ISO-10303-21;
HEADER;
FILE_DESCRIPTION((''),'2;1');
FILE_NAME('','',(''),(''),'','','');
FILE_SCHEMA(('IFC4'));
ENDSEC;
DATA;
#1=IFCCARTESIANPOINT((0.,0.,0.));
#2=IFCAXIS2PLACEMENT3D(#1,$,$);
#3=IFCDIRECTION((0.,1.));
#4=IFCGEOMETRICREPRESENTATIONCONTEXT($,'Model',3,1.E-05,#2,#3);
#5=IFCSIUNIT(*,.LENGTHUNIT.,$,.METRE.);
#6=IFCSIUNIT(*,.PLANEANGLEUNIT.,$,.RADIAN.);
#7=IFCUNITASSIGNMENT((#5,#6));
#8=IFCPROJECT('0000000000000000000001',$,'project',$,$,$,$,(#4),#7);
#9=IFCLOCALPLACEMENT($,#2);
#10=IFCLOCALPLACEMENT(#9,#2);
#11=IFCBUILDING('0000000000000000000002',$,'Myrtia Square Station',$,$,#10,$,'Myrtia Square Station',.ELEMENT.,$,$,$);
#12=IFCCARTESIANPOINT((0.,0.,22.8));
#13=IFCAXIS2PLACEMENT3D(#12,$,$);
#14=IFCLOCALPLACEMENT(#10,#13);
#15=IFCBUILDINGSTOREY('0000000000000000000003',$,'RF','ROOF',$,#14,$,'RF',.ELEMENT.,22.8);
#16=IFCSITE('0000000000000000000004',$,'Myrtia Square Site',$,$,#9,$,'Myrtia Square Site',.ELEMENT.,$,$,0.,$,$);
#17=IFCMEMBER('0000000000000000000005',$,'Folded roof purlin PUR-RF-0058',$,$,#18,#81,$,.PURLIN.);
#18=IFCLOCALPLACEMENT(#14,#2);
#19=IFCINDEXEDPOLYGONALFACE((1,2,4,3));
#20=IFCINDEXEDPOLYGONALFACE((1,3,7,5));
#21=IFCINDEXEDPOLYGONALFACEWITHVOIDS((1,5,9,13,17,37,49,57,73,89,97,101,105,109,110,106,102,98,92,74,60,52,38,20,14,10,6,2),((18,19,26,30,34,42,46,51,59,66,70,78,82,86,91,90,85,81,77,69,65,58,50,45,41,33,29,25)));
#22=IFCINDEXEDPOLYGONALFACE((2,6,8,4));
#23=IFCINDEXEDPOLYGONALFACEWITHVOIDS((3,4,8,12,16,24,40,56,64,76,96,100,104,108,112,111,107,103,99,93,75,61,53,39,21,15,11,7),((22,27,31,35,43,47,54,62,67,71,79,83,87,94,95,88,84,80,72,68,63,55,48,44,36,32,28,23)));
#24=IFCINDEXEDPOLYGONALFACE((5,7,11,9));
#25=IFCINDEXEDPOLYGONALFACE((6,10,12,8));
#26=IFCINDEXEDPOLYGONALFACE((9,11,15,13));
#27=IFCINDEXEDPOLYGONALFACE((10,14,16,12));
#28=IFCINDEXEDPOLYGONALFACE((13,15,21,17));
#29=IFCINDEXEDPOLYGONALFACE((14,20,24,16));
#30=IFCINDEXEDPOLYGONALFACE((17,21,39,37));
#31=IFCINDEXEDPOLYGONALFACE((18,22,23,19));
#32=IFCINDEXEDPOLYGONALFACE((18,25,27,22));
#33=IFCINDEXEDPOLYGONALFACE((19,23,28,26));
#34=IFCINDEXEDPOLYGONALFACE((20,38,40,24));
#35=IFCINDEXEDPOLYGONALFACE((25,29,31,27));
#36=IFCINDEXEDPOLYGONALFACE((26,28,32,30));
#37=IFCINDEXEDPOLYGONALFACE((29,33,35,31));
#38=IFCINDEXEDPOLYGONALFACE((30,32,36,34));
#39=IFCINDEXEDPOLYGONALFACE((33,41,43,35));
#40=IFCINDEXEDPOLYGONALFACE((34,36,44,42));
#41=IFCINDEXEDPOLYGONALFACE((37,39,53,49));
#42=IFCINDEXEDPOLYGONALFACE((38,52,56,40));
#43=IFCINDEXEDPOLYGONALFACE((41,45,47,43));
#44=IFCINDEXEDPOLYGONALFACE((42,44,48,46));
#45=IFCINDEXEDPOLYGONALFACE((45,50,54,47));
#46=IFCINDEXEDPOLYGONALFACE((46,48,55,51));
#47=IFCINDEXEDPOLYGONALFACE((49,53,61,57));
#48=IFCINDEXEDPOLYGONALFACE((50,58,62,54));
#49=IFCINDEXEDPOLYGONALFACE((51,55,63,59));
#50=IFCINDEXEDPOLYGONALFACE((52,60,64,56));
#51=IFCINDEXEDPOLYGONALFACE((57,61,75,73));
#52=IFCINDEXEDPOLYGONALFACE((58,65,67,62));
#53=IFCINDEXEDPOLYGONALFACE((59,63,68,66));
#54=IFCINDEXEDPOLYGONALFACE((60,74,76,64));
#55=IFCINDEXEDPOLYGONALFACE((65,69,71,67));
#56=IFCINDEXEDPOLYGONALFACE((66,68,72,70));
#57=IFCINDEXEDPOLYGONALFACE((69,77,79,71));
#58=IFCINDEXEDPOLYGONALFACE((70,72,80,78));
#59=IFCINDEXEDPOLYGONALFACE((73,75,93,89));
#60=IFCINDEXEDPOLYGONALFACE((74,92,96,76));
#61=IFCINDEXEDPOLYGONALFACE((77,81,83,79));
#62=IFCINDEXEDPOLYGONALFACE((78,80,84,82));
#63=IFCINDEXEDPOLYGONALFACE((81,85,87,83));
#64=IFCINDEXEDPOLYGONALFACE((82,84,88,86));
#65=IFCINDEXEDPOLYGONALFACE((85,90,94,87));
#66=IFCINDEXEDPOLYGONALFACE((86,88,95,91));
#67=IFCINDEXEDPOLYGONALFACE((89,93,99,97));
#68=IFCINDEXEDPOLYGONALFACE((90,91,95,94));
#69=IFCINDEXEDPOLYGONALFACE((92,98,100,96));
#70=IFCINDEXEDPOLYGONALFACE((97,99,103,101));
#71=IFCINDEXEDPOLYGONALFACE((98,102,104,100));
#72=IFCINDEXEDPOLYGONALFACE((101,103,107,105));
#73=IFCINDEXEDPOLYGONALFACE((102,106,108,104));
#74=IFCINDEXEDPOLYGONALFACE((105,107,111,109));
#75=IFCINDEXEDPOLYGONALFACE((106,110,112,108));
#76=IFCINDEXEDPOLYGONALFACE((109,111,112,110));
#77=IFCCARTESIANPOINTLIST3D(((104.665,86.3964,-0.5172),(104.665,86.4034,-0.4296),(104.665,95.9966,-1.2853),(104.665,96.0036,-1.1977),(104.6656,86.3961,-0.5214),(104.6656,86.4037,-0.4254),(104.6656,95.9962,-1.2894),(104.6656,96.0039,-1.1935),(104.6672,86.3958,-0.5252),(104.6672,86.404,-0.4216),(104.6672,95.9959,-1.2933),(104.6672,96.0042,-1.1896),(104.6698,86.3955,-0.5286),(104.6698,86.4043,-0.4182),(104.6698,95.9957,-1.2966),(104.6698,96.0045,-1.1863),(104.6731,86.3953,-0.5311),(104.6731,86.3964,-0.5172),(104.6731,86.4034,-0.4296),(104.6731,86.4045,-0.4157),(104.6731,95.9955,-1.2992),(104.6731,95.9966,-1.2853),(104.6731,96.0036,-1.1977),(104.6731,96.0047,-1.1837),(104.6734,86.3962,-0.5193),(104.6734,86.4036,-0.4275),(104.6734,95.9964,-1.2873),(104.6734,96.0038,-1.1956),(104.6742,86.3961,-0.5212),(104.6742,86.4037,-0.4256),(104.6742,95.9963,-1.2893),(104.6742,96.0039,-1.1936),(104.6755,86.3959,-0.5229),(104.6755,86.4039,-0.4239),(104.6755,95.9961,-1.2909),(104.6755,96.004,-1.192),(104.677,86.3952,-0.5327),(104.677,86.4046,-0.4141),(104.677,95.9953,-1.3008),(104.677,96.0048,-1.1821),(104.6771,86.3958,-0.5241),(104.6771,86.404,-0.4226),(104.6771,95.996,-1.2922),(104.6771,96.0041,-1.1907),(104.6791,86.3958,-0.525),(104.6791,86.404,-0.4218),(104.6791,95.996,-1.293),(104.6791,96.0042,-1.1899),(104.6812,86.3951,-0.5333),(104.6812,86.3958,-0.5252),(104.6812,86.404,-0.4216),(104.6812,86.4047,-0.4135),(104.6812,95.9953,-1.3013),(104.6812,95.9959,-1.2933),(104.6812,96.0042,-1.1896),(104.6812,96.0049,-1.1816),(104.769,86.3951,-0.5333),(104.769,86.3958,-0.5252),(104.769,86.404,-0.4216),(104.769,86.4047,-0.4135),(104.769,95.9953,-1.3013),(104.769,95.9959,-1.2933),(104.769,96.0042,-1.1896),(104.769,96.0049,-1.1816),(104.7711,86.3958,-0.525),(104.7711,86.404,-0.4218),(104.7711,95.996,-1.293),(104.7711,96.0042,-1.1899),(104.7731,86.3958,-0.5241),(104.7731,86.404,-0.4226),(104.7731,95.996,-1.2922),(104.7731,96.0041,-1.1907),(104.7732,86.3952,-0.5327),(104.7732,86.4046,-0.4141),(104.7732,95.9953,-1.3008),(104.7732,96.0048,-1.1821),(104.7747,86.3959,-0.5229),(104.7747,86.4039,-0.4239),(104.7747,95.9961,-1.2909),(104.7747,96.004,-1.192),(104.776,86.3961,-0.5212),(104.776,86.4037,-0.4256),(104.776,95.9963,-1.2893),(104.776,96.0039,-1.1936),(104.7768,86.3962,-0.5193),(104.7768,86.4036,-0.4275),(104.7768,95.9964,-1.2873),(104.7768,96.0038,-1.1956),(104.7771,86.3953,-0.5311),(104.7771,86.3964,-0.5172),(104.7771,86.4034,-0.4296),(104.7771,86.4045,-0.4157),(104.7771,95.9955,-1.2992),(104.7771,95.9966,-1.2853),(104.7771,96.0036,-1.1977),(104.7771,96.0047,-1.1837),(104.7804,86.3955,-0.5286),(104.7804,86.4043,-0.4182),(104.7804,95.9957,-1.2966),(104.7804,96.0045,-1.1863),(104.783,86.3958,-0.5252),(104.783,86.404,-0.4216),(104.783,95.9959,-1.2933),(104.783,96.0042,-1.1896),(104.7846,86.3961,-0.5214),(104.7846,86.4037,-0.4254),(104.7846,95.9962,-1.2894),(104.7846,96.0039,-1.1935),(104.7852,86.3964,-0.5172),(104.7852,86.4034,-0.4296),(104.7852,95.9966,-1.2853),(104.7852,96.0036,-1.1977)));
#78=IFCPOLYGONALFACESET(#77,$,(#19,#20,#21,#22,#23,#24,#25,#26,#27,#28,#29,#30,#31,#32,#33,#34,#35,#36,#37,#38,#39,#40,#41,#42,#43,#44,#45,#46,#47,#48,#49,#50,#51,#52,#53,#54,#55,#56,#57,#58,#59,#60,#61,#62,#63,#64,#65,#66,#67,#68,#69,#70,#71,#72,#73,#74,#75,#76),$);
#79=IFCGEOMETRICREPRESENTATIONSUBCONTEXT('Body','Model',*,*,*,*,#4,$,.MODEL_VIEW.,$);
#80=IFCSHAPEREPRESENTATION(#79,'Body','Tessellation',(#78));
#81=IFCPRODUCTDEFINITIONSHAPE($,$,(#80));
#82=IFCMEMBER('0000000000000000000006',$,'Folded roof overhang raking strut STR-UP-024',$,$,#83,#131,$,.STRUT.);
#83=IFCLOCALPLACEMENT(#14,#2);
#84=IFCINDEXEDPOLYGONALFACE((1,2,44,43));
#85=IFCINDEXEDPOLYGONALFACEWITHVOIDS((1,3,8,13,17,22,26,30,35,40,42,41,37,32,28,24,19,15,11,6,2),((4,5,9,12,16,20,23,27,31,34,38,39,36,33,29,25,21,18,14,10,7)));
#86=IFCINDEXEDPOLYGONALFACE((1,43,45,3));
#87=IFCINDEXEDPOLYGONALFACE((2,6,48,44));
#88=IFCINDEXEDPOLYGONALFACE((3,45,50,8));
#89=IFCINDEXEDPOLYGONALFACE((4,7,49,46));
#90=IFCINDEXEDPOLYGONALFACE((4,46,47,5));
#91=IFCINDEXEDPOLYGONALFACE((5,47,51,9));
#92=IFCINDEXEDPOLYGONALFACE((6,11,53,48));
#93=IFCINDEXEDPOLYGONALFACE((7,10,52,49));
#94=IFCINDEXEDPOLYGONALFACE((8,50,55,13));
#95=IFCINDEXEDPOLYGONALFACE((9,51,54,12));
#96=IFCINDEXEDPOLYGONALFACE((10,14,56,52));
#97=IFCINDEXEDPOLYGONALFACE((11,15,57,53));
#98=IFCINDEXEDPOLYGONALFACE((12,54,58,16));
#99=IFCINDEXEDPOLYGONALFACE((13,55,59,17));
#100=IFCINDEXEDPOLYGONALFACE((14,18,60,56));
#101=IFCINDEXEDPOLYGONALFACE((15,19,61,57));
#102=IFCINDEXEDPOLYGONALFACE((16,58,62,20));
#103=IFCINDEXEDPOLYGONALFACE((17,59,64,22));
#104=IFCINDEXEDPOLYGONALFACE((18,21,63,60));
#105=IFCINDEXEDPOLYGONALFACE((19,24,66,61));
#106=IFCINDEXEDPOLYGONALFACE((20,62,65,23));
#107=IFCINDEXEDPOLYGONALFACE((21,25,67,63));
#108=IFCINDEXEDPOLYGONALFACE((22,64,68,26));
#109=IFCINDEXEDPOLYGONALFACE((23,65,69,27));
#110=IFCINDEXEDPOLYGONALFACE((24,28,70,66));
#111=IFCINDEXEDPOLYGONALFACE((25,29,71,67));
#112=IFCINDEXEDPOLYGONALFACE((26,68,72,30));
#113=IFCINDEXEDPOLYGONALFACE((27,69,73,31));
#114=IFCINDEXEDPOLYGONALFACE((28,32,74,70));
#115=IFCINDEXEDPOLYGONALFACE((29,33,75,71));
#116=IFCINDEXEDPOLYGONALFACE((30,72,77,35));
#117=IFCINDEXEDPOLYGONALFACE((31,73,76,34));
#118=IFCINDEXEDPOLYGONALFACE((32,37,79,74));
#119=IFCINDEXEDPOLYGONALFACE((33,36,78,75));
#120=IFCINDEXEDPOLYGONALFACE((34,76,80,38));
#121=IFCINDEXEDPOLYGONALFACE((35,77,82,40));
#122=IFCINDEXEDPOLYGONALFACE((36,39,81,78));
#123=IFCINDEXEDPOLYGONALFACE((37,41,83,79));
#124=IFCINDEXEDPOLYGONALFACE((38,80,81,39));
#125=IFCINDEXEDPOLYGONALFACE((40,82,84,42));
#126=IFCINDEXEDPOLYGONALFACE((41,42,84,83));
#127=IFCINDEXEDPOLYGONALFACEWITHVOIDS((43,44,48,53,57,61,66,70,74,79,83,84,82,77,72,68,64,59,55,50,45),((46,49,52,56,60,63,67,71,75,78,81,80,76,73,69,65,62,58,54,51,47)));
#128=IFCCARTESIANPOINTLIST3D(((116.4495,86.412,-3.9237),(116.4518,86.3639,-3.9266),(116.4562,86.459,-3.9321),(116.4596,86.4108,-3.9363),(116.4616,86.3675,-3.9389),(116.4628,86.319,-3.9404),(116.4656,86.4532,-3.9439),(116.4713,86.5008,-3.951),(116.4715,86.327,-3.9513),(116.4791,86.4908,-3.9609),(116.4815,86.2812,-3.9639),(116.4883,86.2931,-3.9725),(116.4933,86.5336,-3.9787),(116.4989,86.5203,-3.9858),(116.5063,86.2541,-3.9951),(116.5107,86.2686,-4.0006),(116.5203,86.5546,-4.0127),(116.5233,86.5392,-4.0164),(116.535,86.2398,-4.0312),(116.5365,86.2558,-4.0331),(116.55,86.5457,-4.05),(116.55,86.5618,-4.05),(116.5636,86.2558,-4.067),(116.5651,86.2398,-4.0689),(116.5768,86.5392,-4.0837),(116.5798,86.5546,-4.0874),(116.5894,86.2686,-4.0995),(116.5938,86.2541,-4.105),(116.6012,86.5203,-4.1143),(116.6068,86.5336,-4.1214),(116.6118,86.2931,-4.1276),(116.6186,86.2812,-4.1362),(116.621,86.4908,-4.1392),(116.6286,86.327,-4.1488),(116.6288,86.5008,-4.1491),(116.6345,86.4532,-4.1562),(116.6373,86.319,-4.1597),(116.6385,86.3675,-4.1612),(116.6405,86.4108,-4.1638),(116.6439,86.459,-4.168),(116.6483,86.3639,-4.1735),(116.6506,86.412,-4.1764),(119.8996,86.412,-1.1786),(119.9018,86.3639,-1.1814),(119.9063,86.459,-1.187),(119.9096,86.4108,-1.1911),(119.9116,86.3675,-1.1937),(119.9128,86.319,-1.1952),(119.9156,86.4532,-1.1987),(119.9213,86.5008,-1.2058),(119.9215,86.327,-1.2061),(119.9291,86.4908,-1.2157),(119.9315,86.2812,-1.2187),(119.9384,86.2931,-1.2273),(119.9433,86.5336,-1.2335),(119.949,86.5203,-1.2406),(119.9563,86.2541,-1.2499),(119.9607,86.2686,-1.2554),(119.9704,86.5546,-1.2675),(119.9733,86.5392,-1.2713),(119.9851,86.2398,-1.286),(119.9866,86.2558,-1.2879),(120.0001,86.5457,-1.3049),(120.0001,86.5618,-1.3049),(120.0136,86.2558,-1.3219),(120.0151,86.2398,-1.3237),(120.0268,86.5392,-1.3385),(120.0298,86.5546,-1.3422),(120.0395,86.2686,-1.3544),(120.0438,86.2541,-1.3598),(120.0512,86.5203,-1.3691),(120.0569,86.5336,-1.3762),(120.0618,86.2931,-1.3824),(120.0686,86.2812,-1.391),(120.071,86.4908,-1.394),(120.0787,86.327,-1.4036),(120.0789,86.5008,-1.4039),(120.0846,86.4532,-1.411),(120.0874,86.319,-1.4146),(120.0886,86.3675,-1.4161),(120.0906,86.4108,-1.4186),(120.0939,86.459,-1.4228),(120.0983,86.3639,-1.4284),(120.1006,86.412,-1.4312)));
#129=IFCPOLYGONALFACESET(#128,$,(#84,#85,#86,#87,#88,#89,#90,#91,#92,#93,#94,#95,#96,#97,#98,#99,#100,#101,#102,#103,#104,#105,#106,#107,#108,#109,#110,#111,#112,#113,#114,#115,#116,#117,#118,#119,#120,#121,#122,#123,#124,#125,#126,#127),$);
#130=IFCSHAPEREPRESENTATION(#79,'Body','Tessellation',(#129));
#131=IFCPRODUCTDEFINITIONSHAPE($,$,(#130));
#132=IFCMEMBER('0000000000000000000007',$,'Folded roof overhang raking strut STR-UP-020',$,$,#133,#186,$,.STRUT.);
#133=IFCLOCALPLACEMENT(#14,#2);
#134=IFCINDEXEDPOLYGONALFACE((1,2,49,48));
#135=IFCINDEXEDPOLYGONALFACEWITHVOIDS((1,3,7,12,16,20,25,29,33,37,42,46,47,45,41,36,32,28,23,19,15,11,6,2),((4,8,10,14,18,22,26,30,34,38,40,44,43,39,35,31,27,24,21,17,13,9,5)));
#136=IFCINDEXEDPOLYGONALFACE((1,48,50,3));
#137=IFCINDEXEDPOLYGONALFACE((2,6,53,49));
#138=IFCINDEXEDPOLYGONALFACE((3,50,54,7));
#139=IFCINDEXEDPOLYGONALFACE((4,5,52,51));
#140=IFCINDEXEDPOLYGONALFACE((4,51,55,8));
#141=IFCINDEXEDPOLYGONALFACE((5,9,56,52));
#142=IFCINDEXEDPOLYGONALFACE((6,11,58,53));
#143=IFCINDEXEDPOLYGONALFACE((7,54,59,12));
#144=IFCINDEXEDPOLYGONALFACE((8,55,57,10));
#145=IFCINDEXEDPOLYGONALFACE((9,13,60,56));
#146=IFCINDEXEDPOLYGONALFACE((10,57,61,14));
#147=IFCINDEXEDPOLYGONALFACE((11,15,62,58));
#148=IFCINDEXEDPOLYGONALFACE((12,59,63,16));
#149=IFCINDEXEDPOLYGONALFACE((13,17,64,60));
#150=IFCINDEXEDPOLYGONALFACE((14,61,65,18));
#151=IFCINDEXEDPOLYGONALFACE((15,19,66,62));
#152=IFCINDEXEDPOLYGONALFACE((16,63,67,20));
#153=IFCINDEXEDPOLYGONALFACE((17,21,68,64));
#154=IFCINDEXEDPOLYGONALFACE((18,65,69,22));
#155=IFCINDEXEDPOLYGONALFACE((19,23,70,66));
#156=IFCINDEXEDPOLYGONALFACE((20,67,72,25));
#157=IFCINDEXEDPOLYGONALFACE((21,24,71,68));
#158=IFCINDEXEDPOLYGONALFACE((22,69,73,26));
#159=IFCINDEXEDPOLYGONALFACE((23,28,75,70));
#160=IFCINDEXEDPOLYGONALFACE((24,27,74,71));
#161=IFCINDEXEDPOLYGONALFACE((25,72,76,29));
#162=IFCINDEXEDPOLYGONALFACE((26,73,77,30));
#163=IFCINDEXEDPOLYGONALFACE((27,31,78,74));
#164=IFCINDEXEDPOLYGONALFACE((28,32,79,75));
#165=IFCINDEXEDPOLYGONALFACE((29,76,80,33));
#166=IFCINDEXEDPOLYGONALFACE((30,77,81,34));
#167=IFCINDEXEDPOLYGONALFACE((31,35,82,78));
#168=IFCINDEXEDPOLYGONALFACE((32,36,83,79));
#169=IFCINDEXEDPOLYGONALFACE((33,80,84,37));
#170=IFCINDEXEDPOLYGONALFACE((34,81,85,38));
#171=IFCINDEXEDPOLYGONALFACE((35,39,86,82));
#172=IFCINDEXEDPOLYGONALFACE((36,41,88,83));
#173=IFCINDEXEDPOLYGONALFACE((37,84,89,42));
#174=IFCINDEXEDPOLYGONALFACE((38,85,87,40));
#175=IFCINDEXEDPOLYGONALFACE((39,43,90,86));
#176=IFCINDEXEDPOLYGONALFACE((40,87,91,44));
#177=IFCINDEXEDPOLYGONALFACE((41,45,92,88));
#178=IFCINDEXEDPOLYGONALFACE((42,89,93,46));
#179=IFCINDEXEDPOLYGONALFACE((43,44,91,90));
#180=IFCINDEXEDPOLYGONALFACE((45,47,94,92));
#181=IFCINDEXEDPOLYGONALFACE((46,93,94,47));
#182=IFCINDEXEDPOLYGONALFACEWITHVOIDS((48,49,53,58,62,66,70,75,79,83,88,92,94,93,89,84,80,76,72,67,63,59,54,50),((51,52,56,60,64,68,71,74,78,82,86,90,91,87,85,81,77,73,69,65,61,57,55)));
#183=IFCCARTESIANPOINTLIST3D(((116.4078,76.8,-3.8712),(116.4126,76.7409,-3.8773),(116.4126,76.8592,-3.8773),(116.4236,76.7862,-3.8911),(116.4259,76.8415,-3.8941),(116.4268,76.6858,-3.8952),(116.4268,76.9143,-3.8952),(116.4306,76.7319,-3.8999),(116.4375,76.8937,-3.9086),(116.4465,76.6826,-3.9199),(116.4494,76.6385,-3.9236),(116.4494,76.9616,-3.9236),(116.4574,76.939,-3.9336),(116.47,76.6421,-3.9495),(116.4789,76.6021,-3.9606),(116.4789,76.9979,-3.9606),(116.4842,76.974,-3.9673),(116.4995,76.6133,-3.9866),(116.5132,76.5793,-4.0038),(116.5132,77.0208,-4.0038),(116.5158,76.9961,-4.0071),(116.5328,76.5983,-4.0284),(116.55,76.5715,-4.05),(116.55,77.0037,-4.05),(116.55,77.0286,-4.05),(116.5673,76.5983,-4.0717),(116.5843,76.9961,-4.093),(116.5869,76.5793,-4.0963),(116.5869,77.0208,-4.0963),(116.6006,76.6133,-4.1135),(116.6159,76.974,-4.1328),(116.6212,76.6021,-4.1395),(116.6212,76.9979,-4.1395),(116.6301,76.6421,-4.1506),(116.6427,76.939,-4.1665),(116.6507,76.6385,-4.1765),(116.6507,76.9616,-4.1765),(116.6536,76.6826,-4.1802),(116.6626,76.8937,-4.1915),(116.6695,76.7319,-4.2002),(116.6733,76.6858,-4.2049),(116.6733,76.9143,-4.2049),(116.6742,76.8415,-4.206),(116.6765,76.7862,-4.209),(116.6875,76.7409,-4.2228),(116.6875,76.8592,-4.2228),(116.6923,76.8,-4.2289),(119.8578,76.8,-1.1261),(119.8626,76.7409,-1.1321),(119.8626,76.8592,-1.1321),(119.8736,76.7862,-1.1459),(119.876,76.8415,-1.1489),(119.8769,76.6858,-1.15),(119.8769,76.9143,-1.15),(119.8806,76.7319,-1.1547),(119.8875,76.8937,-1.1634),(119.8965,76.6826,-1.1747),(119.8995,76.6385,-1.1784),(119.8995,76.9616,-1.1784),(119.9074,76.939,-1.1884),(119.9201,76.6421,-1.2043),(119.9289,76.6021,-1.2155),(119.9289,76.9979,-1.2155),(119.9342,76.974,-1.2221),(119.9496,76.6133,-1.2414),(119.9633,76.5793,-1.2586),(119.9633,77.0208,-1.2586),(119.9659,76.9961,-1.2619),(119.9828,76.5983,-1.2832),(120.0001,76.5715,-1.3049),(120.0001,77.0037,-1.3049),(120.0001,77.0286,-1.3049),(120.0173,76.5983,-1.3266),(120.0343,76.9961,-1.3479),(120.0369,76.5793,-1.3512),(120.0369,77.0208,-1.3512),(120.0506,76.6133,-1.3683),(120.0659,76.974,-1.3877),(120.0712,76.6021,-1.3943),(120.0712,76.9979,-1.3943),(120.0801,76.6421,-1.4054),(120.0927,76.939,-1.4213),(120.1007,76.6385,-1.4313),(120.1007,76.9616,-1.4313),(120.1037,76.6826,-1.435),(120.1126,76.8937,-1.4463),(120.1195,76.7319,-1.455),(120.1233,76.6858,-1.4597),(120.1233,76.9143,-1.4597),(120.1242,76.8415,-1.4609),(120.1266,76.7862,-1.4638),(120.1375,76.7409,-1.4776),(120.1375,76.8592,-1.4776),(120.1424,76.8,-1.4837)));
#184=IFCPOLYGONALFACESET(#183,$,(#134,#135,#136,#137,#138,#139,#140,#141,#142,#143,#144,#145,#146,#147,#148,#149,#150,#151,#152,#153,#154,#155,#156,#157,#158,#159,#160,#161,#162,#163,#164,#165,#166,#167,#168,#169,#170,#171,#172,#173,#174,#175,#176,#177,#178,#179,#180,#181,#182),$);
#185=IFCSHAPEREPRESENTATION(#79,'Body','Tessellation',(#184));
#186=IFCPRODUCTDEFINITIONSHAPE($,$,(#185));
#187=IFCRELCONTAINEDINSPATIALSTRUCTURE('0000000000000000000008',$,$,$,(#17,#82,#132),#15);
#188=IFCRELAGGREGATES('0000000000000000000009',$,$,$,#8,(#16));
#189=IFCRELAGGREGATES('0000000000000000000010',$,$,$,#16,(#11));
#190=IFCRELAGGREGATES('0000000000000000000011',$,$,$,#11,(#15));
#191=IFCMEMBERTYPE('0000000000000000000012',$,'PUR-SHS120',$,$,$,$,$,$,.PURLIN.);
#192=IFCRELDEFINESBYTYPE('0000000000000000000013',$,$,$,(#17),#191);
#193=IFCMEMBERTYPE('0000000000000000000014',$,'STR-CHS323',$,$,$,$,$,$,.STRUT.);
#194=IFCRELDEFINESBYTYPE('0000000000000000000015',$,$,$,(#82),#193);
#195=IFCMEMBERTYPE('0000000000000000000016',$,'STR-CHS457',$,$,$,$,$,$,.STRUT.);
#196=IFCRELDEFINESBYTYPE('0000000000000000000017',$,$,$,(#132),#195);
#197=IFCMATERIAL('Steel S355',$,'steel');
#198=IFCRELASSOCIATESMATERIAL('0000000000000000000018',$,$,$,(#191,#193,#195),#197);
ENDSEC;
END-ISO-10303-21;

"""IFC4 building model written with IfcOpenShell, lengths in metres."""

from ifc_helpers import new_model, si_unit, direction, frame, origin, origin_2d, place, context, subcontext, project, spatial, hollow_rectangle, hollow_circle, extrude, material, material_profile, profile_set, type_object, element, save


model = new_model("IFC4")

# Units and contexts
model_context = context("Model", 3, precision=1e-05, world=origin(), true_north=direction((0.0, 1.0)))
body_context = subcontext(model_context, "Body", "Model", "MODEL_VIEW")
ifc_project = project(units=[si_unit("LENGTHUNIT", "METRE"), si_unit("PLANEANGLEUNIT", "RADIAN")], contexts=[model_context])

# Site, building, storey
site_placement = place(None, origin())
site = spatial("IfcSite", under=ifc_project, at=site_placement, Name="Myrtia Square Site", LongName="Myrtia Square Site", CompositionType="ELEMENT", RefElevation=0.0)
building_placement = place(site_placement, origin())
building = spatial("IfcBuilding", under=site, at=building_placement, Name="Myrtia Square Station", LongName="Myrtia Square Station", CompositionType="ELEMENT")
storey_placement = place(building_placement, frame((0.0, 0.0, 22.8)))
storey = spatial("IfcBuildingStorey", under=building, at=storey_placement, Name="RF", Description="ROOF", LongName="RF", CompositionType="ELEMENT", Elevation=22.8)

# Members
ifc_material_1 = material(Name="Steel S355", Category="steel")
ifc_material_profile_1 = material_profile(ifc_material_1, hollow_rectangle(XDim=0.1201, YDim=0.1201, WallThickness=0.0081, InnerFilletRadius=0.0081, OuterFilletRadius=0.0161, at=origin_2d()), Name="SHS 120x120x8")
ifc_profile_set_1 = profile_set([ifc_material_profile_1], Name="Steel S355")
member_type_1 = type_object("IfcMemberType", Name="PUR-SHS120", PredefinedType="PURLIN", material=ifc_profile_set_1)
member_1_placement = place(storey_placement, frame((104.7251, 86.3999, -0.4734), z_axis=(0.0, 0.996815, -0.079751), x_axis=(-1.0, 0.0, 0.0)))
element("IfcMember", 1, at=member_1_placement, inside=storey, type_object=member_type_1, Name="Folded roof purlin PUR-RF-0058", PredefinedType="PURLIN", context=body_context, shape_type="SweptSolid", body=[
    extrude(hollow_rectangle(XDim=0.1201, YDim=0.1201, WallThickness=0.0081, InnerFilletRadius=0.0081, OuterFilletRadius=0.0161, at=origin_2d()), origin(), (0.0, 0.0, 1.0), 9.6309),
])
ifc_material_profile_2 = material_profile(ifc_material_1, hollow_circle(Radius=0.1619, WallThickness=0.0161, at=origin_2d()), Name="CHS 323.9x16")
ifc_profile_set_2 = profile_set([ifc_material_profile_2], Name="Steel S355")
member_type_2 = type_object("IfcMemberType", Name="STR-CHS323", PredefinedType="STRUT", material=ifc_profile_set_2)
member_2_placement = place(storey_placement, frame((116.55, 86.3999, -4.05), z_axis=(0.782508, 0.0, 0.62264), x_axis=(0.0, 1.0, 0.0)))
element("IfcMember", 2, at=member_2_placement, inside=storey, type_object=member_type_2, Name="Folded roof overhang raking strut STR-UP-024", PredefinedType="STRUT", context=body_context, shape_type="SweptSolid", body=[
    extrude(hollow_circle(Radius=0.1619, WallThickness=0.0161, at=origin_2d()), origin(), (0.0, 0.0, 1.0), 4.4089),
])
ifc_material_profile_3 = material_profile(ifc_material_1, hollow_circle(Radius=0.2285, WallThickness=0.0249, at=origin_2d()), Name="CHS 457x25")
ifc_profile_set_3 = profile_set([ifc_material_profile_3], Name="Steel S355")
member_type_3 = type_object("IfcMemberType", Name="STR-CHS457", PredefinedType="STRUT", material=ifc_profile_set_3)
member_3_placement = place(storey_placement, frame((116.55, 76.8, -4.05), z_axis=(0.782508, 0.0, 0.62264), x_axis=(0.0, 1.0, 0.0)))
element("IfcMember", 3, at=member_3_placement, inside=storey, type_object=member_type_3, Name="Folded roof overhang raking strut STR-UP-020", PredefinedType="STRUT", context=body_context, shape_type="SweptSolid", body=[
    extrude(hollow_circle(Radius=0.2285, WallThickness=0.0249, at=origin_2d()), origin(), (0.0, 0.0, 1.0), 4.4089),
])

save(model, "model.ifc")
